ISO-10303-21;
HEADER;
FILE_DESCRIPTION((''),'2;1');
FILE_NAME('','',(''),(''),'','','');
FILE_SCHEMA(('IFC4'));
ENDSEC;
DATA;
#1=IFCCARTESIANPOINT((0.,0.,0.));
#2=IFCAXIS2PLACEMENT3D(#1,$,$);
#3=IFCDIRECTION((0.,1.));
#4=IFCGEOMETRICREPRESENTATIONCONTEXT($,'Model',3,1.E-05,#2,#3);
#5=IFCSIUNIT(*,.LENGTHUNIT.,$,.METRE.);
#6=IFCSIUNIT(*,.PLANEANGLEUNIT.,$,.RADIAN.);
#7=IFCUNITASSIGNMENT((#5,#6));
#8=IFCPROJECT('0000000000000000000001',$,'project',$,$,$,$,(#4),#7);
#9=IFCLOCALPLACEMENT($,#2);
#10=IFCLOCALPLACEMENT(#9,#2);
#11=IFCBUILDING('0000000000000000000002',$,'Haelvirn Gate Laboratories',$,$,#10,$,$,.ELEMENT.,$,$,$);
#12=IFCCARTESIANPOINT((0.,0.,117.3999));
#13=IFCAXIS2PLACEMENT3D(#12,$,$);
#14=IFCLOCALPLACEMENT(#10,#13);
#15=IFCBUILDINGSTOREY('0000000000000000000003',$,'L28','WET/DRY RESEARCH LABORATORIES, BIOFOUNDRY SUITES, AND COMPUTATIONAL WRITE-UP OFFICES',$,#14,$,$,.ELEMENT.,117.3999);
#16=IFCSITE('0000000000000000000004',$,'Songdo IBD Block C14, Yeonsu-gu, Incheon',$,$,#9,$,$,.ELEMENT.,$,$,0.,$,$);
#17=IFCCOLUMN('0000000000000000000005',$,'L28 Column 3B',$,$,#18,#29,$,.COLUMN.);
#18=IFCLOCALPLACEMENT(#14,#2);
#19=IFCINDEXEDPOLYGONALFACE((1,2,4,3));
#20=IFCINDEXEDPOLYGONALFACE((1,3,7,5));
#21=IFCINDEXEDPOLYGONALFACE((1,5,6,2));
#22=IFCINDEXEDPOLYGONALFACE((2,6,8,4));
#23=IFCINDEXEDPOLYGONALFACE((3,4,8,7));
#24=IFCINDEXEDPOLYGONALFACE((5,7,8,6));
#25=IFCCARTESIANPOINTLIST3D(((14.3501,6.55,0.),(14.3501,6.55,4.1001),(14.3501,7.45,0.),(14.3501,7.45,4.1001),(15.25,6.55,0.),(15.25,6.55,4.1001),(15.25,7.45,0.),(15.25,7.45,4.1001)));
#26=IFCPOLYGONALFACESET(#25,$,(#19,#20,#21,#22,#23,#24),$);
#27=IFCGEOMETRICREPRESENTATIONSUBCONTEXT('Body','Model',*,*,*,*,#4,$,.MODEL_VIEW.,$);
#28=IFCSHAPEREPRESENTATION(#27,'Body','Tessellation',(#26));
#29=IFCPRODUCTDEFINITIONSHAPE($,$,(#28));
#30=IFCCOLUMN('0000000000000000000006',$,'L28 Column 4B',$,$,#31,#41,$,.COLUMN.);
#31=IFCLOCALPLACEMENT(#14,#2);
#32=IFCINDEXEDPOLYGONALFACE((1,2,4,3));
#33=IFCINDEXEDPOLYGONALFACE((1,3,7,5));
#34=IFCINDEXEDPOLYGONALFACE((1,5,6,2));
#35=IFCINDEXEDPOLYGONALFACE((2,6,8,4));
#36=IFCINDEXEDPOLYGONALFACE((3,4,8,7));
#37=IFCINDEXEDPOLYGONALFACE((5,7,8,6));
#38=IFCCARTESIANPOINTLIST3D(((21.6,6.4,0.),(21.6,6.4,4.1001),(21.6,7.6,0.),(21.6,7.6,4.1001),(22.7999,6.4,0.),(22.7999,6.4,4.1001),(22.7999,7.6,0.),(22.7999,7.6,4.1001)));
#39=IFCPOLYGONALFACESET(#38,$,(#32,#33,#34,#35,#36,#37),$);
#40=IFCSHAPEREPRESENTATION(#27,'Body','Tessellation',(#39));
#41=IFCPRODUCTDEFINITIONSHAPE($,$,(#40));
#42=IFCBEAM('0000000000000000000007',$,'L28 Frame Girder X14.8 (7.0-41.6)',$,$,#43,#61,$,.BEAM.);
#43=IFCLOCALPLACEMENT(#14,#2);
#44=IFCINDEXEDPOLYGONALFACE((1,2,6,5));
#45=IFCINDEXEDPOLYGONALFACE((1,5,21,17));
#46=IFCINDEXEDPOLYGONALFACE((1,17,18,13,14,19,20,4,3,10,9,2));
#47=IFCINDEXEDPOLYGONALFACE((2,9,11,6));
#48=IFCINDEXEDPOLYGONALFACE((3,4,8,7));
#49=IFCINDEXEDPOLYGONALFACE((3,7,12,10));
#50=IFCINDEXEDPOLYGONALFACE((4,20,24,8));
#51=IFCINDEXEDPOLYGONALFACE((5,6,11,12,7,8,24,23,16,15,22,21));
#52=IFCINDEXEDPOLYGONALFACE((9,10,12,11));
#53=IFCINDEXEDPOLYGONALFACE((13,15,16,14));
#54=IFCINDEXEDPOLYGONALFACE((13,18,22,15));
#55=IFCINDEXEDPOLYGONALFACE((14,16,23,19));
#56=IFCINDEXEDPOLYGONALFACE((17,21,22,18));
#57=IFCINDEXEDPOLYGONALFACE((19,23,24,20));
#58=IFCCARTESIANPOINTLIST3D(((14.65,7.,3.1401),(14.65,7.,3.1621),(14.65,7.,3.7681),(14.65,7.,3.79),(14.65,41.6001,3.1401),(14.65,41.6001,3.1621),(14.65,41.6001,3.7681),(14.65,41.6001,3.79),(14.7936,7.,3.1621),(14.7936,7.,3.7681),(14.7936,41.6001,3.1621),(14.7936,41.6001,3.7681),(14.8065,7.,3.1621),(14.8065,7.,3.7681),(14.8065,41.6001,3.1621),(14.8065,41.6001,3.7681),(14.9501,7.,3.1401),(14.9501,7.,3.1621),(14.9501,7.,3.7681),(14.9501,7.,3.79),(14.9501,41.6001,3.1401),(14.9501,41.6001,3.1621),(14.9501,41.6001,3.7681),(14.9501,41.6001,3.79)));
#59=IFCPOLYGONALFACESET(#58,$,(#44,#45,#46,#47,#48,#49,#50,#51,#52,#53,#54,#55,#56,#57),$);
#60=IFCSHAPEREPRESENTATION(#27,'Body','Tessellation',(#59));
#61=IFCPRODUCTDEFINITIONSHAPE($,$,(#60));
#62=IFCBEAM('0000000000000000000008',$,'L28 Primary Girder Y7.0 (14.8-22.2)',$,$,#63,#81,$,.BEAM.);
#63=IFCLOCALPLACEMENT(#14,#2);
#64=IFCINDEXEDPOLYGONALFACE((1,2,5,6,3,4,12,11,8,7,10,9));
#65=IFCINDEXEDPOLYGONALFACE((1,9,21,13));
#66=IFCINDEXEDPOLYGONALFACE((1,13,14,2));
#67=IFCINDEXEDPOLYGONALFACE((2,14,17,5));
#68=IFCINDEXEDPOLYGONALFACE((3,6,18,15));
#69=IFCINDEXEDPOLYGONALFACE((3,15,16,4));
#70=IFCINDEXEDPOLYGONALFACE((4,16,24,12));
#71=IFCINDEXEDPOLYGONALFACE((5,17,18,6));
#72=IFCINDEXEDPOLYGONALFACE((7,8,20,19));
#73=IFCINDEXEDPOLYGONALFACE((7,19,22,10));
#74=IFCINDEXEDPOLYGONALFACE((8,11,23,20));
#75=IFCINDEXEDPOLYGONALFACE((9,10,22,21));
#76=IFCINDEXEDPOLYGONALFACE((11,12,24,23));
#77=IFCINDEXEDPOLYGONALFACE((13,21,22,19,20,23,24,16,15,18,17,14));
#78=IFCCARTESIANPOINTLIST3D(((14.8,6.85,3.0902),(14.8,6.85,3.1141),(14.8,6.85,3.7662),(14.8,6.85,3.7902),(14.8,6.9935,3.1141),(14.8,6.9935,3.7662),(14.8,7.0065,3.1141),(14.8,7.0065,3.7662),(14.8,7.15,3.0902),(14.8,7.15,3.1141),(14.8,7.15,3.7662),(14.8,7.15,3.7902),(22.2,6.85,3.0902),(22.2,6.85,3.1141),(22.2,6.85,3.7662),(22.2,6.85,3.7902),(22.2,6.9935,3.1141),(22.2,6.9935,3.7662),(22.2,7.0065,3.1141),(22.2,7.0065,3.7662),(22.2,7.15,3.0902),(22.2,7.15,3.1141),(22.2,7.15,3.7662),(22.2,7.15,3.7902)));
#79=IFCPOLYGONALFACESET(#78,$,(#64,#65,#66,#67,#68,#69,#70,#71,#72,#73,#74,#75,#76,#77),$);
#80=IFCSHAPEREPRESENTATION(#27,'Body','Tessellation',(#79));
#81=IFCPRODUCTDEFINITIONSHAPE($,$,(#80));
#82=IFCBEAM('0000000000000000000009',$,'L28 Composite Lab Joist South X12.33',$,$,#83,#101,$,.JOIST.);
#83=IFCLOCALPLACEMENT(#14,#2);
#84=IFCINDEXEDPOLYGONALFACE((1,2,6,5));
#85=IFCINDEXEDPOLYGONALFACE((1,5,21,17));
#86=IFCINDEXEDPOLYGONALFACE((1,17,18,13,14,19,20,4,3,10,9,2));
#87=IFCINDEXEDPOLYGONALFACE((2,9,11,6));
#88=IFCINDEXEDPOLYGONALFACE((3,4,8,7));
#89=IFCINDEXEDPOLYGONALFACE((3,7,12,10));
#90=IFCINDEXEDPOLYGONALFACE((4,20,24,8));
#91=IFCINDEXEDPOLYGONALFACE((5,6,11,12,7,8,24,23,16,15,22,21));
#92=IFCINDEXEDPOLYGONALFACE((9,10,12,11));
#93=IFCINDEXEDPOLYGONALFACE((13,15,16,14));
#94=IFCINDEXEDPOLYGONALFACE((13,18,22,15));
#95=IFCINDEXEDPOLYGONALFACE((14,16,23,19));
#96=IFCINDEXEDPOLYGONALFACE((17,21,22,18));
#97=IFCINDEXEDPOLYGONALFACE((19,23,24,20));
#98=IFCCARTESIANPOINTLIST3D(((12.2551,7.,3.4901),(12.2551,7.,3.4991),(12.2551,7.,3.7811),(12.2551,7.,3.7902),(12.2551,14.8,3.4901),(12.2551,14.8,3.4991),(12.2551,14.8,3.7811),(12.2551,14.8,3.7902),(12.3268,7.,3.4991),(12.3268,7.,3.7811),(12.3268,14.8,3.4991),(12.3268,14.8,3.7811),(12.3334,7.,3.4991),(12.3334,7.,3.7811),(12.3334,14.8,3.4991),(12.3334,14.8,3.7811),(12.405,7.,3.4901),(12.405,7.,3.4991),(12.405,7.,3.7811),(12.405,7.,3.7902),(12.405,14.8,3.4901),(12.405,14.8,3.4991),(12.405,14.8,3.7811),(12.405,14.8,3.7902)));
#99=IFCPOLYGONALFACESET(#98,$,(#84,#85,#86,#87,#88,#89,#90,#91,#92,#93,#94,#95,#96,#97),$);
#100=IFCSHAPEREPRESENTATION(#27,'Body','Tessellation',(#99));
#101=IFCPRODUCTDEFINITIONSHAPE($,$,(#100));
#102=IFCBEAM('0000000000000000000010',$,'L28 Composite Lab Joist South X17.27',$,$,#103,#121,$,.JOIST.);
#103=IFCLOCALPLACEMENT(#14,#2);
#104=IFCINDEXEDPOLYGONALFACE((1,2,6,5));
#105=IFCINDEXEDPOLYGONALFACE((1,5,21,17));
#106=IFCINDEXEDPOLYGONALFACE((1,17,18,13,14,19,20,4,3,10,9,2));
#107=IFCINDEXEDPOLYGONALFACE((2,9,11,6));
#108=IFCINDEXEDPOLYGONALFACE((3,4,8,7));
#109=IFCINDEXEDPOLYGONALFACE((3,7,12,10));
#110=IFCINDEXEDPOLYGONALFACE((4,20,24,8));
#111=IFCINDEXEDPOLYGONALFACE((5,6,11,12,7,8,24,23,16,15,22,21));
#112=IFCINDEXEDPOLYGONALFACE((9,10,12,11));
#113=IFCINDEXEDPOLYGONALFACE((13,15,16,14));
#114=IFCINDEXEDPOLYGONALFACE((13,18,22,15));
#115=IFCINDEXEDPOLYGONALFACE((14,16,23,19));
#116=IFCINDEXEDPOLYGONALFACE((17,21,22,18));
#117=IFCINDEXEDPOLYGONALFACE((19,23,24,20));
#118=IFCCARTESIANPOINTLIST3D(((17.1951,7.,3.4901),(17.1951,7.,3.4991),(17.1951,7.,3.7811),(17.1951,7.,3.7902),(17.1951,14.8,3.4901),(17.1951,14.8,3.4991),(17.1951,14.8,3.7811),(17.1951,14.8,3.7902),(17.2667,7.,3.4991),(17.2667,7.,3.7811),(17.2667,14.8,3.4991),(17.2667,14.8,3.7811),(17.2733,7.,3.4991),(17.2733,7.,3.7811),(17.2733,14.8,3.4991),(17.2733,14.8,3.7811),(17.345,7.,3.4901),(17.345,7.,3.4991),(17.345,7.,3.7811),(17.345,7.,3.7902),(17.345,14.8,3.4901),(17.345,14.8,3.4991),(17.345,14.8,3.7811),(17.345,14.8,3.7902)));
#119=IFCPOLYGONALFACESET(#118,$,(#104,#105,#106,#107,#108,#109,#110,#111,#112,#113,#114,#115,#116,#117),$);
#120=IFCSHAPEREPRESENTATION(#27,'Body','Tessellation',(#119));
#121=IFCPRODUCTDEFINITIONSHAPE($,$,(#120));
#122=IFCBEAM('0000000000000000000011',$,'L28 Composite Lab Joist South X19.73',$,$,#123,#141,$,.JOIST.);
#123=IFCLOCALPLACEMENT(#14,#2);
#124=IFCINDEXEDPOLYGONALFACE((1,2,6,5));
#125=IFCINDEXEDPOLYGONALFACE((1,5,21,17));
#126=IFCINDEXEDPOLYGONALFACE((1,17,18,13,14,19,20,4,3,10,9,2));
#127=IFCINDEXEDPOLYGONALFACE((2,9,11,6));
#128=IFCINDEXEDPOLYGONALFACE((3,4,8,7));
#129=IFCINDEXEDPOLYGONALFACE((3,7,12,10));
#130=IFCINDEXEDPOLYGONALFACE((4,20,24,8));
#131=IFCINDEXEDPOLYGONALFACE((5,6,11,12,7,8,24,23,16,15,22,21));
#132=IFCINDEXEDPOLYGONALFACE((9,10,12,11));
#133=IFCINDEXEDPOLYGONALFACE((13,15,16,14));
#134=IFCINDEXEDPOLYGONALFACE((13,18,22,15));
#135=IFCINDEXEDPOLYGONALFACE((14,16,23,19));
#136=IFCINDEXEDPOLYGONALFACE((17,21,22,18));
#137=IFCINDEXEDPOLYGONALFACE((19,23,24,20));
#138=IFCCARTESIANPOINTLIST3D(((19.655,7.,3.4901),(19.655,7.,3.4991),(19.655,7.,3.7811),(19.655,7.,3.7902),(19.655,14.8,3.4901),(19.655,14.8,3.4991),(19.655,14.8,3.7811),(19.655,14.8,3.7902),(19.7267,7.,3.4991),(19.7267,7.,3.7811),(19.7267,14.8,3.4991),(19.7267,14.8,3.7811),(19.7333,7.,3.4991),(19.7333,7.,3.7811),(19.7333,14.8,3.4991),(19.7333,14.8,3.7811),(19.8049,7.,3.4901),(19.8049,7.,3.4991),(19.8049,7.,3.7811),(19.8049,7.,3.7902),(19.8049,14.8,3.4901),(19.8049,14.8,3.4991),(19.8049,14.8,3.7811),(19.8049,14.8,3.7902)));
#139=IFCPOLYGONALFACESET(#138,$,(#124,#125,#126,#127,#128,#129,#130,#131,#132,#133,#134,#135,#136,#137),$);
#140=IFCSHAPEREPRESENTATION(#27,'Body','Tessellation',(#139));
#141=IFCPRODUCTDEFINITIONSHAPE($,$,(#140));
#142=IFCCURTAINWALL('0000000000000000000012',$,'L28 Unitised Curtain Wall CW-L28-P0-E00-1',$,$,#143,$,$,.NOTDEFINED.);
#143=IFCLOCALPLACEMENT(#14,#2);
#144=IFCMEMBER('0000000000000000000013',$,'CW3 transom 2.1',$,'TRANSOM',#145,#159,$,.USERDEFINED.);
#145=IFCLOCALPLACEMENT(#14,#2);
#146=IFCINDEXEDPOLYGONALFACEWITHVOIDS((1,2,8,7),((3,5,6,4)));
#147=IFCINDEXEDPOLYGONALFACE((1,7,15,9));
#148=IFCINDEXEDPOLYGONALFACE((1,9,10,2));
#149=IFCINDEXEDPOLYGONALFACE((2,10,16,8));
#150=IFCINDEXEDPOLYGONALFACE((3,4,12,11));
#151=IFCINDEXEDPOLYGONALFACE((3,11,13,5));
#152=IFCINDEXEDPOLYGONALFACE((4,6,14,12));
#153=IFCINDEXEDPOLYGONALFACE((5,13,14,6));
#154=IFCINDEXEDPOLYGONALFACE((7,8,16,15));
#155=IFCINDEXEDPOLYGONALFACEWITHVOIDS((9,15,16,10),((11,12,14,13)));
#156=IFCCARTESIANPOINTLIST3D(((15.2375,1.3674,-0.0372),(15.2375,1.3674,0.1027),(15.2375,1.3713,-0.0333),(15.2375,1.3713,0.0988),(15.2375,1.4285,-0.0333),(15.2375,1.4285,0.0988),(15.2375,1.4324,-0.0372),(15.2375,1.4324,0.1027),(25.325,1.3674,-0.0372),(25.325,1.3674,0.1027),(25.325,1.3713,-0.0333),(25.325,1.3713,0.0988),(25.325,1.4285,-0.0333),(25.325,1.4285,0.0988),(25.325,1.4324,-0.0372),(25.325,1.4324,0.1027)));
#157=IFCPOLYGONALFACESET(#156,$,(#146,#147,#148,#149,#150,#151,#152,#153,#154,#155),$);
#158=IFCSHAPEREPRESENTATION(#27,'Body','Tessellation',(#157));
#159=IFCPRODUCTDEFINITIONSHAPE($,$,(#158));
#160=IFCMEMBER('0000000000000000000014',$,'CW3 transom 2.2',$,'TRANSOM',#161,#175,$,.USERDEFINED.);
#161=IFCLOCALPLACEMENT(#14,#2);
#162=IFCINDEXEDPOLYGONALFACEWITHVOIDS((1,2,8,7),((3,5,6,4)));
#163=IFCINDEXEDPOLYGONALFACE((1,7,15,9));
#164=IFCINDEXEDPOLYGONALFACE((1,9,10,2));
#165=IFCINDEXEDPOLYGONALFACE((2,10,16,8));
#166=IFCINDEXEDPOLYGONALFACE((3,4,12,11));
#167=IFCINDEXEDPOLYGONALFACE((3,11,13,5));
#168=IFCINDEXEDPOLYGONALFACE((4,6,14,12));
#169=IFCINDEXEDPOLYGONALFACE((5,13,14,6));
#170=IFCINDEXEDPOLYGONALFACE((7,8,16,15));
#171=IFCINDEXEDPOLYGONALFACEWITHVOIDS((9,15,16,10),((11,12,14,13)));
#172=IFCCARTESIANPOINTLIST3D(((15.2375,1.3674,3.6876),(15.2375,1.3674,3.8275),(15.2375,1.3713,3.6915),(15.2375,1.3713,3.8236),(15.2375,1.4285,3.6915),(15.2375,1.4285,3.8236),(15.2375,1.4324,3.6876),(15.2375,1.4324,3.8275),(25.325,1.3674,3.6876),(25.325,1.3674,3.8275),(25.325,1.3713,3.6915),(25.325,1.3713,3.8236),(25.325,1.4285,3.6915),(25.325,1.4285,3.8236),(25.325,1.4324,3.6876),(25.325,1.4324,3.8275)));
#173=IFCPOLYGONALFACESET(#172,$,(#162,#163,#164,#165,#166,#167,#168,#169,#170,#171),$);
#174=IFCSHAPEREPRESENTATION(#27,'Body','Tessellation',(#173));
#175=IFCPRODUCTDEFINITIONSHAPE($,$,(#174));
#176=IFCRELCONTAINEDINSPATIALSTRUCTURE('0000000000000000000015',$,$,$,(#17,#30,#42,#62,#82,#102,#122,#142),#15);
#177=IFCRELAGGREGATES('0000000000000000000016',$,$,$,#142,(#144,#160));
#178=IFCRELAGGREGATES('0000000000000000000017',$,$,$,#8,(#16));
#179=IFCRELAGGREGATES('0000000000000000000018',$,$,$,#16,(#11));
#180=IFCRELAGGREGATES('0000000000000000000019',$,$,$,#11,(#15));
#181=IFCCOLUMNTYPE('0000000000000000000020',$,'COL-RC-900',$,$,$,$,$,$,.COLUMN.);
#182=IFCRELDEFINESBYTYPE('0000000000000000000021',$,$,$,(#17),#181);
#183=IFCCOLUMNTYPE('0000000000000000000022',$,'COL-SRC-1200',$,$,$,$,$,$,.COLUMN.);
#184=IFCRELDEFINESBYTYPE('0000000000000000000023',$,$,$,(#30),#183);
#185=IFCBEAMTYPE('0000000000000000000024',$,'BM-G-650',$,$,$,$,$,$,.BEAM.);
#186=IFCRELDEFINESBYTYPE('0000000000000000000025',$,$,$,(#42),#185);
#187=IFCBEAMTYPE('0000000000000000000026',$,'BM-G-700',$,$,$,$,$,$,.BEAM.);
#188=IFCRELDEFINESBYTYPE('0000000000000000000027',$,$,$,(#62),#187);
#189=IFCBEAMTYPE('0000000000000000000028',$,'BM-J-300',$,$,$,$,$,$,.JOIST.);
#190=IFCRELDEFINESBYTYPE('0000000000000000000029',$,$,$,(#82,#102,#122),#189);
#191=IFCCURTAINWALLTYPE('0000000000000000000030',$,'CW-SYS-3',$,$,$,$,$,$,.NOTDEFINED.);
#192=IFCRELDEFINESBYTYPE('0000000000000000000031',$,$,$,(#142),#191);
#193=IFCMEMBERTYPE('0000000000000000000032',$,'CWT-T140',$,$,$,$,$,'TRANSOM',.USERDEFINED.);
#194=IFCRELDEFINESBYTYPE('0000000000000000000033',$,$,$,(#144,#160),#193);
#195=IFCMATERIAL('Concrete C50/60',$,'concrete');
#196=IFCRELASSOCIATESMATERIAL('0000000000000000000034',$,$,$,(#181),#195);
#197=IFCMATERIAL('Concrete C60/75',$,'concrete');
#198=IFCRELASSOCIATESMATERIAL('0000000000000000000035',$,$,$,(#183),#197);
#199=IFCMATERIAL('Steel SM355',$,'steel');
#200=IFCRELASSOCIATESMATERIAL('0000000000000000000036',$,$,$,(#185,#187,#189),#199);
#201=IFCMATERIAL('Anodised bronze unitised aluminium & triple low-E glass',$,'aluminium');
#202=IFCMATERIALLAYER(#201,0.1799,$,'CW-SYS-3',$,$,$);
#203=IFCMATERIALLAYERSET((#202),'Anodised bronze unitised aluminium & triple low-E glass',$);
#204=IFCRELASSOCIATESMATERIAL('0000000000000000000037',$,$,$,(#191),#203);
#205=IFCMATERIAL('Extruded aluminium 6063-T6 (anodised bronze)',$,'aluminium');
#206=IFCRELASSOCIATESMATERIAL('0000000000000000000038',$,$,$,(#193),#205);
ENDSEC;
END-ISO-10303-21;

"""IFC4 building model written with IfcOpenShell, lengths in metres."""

from ifc_helpers import new_model, si_unit, direction, frame, origin, origin_2d, place, context, subcontext, project, spatial, rectangle, hollow_rectangle, i_section, extrude, source, transform, mapped, material, layer, layer_set, material_profile, profile_set, type_object, type_shapes, element, aggregate, save


model = new_model("IFC4")

# Units and contexts
model_context = context("Model", 3, precision=1e-05, world=origin(), true_north=direction((0.0, 1.0)))
body_context = subcontext(model_context, "Body", "Model", "MODEL_VIEW")
ifc_project = project(units=[si_unit("LENGTHUNIT", "METRE"), si_unit("PLANEANGLEUNIT", "RADIAN")], contexts=[model_context])

# Site, building, storey
site_placement = place(None, origin())
site = spatial("IfcSite", under=ifc_project, at=site_placement, Name="Songdo IBD Block C14, Yeonsu-gu, Incheon", CompositionType="ELEMENT", RefElevation=0.0)
building_placement = place(site_placement, origin())
building = spatial("IfcBuilding", under=site, at=building_placement, Name="Haelvirn Gate Laboratories", CompositionType="ELEMENT")
storey_placement = place(building_placement, frame((0.0, 0.0, 117.3999)))
storey = spatial("IfcBuildingStorey", under=building, at=storey_placement, Name="L28", Description="WET/DRY RESEARCH LABORATORIES, BIOFOUNDRY SUITES, AND COMPUTATIONAL WRITE-UP OFFICES", CompositionType="ELEMENT", Elevation=117.3999)

# Columns
ifc_material_1 = material(Name="Concrete C50/60", Category="concrete")
ifc_material_profile_1 = material_profile(ifc_material_1, rectangle(XDim=0.8999, YDim=0.8999, at=origin_2d()), Name="RC-900x900")
ifc_profile_set_1 = profile_set([ifc_material_profile_1], Name="Concrete C50/60")
column_type_1 = type_object("IfcColumnType", Name="COL-RC-900", PredefinedType="COLUMN", material=ifc_profile_set_1)
shared_shape_1 = source(origin(), body_context, "Body", "SweptSolid", [
    extrude(rectangle(XDim=0.8999, YDim=0.8999, at=origin_2d()), origin(), (0.0, 0.0, 1.0), 4.1001),
])
type_shapes(column_type_1, [shared_shape_1])
column_1_placement = place(storey_placement, frame((14.8, 7.0, 0.0), z_axis=(0.0, 0.0, 1.0), x_axis=(1.0, 0.0, 0.0)))
element("IfcColumn", 1, at=column_1_placement, inside=storey, type_object=column_type_1, Name="L28 Column 3B", PredefinedType="COLUMN", context=body_context, shape_type="MappedRepresentation", body=[
    mapped(shared_shape_1, transform((0.0, 0.0, 0.0), scale=1.0)),
])
ifc_material_2 = material(Name="Concrete C60/75", Category="concrete")
ifc_material_profile_2 = material_profile(ifc_material_2, rectangle(XDim=1.2, YDim=1.2, at=origin_2d()), Name="SRC-1200x1200")
ifc_profile_set_2 = profile_set([ifc_material_profile_2], Name="Concrete C60/75")
column_type_2 = type_object("IfcColumnType", Name="COL-SRC-1200", PredefinedType="COLUMN", material=ifc_profile_set_2)
shared_shape_2 = source(origin(), body_context, "Body", "SweptSolid", [
    extrude(rectangle(XDim=1.2, YDim=1.2, at=origin_2d()), origin(), (0.0, 0.0, 1.0), 4.1001),
])
type_shapes(column_type_2, [shared_shape_2])
column_2_placement = place(storey_placement, frame((22.2, 7.0, 0.0), z_axis=(0.0, 0.0, 1.0), x_axis=(1.0, 0.0, 0.0)))
element("IfcColumn", 2, at=column_2_placement, inside=storey, type_object=column_type_2, Name="L28 Column 4B", PredefinedType="COLUMN", context=body_context, shape_type="MappedRepresentation", body=[
    mapped(shared_shape_2, transform((0.0, 0.0, 0.0), scale=1.0)),
])

# Beams
ifc_material_3 = material(Name="Steel SM355", Category="steel")
ifc_material_profile_3 = material_profile(ifc_material_3, i_section(OverallWidth=0.3, OverallDepth=0.6499, WebThickness=0.0129, FlangeThickness=0.022, at=origin_2d()), Name="H-650x300x13x22")
ifc_profile_set_3 = profile_set([ifc_material_profile_3], Name="Steel SM355")
beam_type_1 = type_object("IfcBeamType", Name="BM-G-650", PredefinedType="BEAM", material=ifc_profile_set_3)
shared_shape_3 = source(origin(), body_context, "Body", "SweptSolid", [
    extrude(i_section(OverallWidth=0.3, OverallDepth=0.6499, WebThickness=0.0129, FlangeThickness=0.022, at=origin_2d()), origin(), (0.0, 0.0, 1.0), 34.6001),
])
type_shapes(beam_type_1, [shared_shape_3])
beam_1_placement = place(storey_placement, frame((14.8, 7.0, 3.4651), z_axis=(0.0, 1.0, 0.0), x_axis=(-1.0, 0.0, 0.0)))
element("IfcBeam", 3, at=beam_1_placement, inside=storey, type_object=beam_type_1, Name="L28 Frame Girder X14.8 (7.0-41.6)", PredefinedType="BEAM", context=body_context, shape_type="MappedRepresentation", body=[
    mapped(shared_shape_3, transform((0.0, 0.0, 0.0), scale=1.0)),
])
ifc_material_profile_4 = material_profile(ifc_material_3, i_section(OverallWidth=0.3, OverallDepth=0.7, WebThickness=0.0129, FlangeThickness=0.0239, at=origin_2d()), Name="H-700x300x13x24")
ifc_profile_set_4 = profile_set([ifc_material_profile_4], Name="Steel SM355")
beam_type_2 = type_object("IfcBeamType", Name="BM-G-700", PredefinedType="BEAM", material=ifc_profile_set_4)
shared_shape_4 = source(origin(), body_context, "Body", "SweptSolid", [
    extrude(i_section(OverallWidth=0.3, OverallDepth=0.7, WebThickness=0.0129, FlangeThickness=0.0239, at=origin_2d()), origin(), (0.0, 0.0, 1.0), 7.3999),
])
type_shapes(beam_type_2, [shared_shape_4])
beam_2_placement = place(storey_placement, frame((14.8, 7.0, 3.4402), z_axis=(1.0, 0.0, 0.0), x_axis=(0.0, 1.0, 0.0)))
element("IfcBeam", 4, at=beam_2_placement, inside=storey, type_object=beam_type_2, Name="L28 Primary Girder Y7.0 (14.8-22.2)", PredefinedType="BEAM", context=body_context, shape_type="MappedRepresentation", body=[
    mapped(shared_shape_4, transform((0.0, 0.0, 0.0), scale=1.0)),
])
ifc_material_profile_5 = material_profile(ifc_material_3, i_section(OverallWidth=0.1499, OverallDepth=0.3, WebThickness=0.0066, FlangeThickness=0.009, at=origin_2d()), Name="H-300x150x6.5x9")
ifc_profile_set_5 = profile_set([ifc_material_profile_5], Name="Steel SM355")
beam_type_3 = type_object("IfcBeamType", Name="BM-J-300", PredefinedType="JOIST", material=ifc_profile_set_5)
shared_shape_5 = source(origin(), body_context, "Body", "SweptSolid", [
    extrude(i_section(OverallWidth=0.1499, OverallDepth=0.3, WebThickness=0.0066, FlangeThickness=0.009, at=origin_2d()), origin(), (0.0, 0.0, 1.0), 7.8),
])
type_shapes(beam_type_3, [shared_shape_5])
for number, where, z_axis, x_axis, name in (
    (5, (12.3301, 7.0, 3.6401), (0.0, 1.0, 0.0), (-1.0, 0.0, 0.0), "L28 Composite Lab Joist South X12.33"),
    (6, (17.27, 7.0, 3.6401), (0.0, 1.0, 0.0), (-1.0, 0.0, 0.0), "L28 Composite Lab Joist South X17.27"),
    (7, (19.73, 7.0, 3.6401), (0.0, 1.0, 0.0), (-1.0, 0.0, 0.0), "L28 Composite Lab Joist South X19.73"),
):
    element("IfcBeam", number, at=place(storey_placement, frame(where, z_axis=z_axis, x_axis=x_axis)), inside=storey, type_object=beam_type_3, Name=name, PredefinedType="JOIST", context=body_context, shape_type="MappedRepresentation", body=[
        mapped(shared_shape_5, transform((0.0, 0.0, 0.0), scale=1.0)),
    ])

# Curtain wall, members
ifc_material_4 = material(Name="Anodised bronze unitised aluminium & triple low-E glass", Category="aluminium")
ifc_layer_1 = layer(ifc_material_4, 0.1799, Name="CW-SYS-3")
ifc_layer_set_1 = layer_set([ifc_layer_1], Name="Anodised bronze unitised aluminium & triple low-E glass")
curtain_wall_type = type_object("IfcCurtainWallType", Name="CW-SYS-3", PredefinedType="NOTDEFINED", material=ifc_layer_set_1)
curtain_wall_placement = place(storey_placement, origin())
curtain_wall = element("IfcCurtainWall", 8, at=curtain_wall_placement, inside=storey, type_object=curtain_wall_type, Name="L28 Unitised Curtain Wall CW-L28-P0-E00-1", PredefinedType="NOTDEFINED")
ifc_material_5 = material(Name="Extruded aluminium 6063-T6 (anodised bronze)", Category="aluminium")
ifc_material_profile_6 = material_profile(ifc_material_5, hollow_rectangle(XDim=0.0649, YDim=0.1399, WallThickness=0.0039, at=origin_2d()), Name="CWT-140x65x4")
ifc_profile_set_6 = profile_set([ifc_material_profile_6], Name="Extruded aluminium 6063-T6 (anodised bronze)")
member_type_1 = type_object("IfcMemberType", Name="CWT-T140", ElementType="TRANSOM", PredefinedType="USERDEFINED", material=ifc_profile_set_6)
shared_shape_6 = source(origin(), body_context, "Body", "SweptSolid", [
    extrude(hollow_rectangle(XDim=0.0649, YDim=0.1399, WallThickness=0.0039, at=origin_2d()), origin(), (0.0, 0.0, 1.0), 10.0874),
])
type_shapes(member_type_1, [shared_shape_6])
member_1_placement = place(storey_placement, frame((15.2375, 1.3999, 0.0327), z_axis=(1.0, 0.0, 0.0), x_axis=(0.0, 1.0, 0.0)))
member_1 = element("IfcMember", 9, at=member_1_placement, type_object=member_type_1, Name="CW3 transom 2.1", ObjectType="TRANSOM", PredefinedType="USERDEFINED", context=body_context, shape_type="MappedRepresentation", body=[
    mapped(shared_shape_6, transform((0.0, 0.0, 0.0), scale=1.0)),
])
member_2_placement = place(storey_placement, frame((15.2375, 1.3999, 3.7576), z_axis=(1.0, 0.0, 0.0), x_axis=(0.0, 1.0, 0.0)))
member_2 = element("IfcMember", 10, at=member_2_placement, type_object=member_type_1, Name="CW3 transom 2.2", ObjectType="TRANSOM", PredefinedType="USERDEFINED", context=body_context, shape_type="MappedRepresentation", body=[
    mapped(shared_shape_6, transform((0.0, 0.0, 0.0), scale=1.0)),
])
aggregate(curtain_wall, [member_1, member_2])

save(model, "model.ifc")
